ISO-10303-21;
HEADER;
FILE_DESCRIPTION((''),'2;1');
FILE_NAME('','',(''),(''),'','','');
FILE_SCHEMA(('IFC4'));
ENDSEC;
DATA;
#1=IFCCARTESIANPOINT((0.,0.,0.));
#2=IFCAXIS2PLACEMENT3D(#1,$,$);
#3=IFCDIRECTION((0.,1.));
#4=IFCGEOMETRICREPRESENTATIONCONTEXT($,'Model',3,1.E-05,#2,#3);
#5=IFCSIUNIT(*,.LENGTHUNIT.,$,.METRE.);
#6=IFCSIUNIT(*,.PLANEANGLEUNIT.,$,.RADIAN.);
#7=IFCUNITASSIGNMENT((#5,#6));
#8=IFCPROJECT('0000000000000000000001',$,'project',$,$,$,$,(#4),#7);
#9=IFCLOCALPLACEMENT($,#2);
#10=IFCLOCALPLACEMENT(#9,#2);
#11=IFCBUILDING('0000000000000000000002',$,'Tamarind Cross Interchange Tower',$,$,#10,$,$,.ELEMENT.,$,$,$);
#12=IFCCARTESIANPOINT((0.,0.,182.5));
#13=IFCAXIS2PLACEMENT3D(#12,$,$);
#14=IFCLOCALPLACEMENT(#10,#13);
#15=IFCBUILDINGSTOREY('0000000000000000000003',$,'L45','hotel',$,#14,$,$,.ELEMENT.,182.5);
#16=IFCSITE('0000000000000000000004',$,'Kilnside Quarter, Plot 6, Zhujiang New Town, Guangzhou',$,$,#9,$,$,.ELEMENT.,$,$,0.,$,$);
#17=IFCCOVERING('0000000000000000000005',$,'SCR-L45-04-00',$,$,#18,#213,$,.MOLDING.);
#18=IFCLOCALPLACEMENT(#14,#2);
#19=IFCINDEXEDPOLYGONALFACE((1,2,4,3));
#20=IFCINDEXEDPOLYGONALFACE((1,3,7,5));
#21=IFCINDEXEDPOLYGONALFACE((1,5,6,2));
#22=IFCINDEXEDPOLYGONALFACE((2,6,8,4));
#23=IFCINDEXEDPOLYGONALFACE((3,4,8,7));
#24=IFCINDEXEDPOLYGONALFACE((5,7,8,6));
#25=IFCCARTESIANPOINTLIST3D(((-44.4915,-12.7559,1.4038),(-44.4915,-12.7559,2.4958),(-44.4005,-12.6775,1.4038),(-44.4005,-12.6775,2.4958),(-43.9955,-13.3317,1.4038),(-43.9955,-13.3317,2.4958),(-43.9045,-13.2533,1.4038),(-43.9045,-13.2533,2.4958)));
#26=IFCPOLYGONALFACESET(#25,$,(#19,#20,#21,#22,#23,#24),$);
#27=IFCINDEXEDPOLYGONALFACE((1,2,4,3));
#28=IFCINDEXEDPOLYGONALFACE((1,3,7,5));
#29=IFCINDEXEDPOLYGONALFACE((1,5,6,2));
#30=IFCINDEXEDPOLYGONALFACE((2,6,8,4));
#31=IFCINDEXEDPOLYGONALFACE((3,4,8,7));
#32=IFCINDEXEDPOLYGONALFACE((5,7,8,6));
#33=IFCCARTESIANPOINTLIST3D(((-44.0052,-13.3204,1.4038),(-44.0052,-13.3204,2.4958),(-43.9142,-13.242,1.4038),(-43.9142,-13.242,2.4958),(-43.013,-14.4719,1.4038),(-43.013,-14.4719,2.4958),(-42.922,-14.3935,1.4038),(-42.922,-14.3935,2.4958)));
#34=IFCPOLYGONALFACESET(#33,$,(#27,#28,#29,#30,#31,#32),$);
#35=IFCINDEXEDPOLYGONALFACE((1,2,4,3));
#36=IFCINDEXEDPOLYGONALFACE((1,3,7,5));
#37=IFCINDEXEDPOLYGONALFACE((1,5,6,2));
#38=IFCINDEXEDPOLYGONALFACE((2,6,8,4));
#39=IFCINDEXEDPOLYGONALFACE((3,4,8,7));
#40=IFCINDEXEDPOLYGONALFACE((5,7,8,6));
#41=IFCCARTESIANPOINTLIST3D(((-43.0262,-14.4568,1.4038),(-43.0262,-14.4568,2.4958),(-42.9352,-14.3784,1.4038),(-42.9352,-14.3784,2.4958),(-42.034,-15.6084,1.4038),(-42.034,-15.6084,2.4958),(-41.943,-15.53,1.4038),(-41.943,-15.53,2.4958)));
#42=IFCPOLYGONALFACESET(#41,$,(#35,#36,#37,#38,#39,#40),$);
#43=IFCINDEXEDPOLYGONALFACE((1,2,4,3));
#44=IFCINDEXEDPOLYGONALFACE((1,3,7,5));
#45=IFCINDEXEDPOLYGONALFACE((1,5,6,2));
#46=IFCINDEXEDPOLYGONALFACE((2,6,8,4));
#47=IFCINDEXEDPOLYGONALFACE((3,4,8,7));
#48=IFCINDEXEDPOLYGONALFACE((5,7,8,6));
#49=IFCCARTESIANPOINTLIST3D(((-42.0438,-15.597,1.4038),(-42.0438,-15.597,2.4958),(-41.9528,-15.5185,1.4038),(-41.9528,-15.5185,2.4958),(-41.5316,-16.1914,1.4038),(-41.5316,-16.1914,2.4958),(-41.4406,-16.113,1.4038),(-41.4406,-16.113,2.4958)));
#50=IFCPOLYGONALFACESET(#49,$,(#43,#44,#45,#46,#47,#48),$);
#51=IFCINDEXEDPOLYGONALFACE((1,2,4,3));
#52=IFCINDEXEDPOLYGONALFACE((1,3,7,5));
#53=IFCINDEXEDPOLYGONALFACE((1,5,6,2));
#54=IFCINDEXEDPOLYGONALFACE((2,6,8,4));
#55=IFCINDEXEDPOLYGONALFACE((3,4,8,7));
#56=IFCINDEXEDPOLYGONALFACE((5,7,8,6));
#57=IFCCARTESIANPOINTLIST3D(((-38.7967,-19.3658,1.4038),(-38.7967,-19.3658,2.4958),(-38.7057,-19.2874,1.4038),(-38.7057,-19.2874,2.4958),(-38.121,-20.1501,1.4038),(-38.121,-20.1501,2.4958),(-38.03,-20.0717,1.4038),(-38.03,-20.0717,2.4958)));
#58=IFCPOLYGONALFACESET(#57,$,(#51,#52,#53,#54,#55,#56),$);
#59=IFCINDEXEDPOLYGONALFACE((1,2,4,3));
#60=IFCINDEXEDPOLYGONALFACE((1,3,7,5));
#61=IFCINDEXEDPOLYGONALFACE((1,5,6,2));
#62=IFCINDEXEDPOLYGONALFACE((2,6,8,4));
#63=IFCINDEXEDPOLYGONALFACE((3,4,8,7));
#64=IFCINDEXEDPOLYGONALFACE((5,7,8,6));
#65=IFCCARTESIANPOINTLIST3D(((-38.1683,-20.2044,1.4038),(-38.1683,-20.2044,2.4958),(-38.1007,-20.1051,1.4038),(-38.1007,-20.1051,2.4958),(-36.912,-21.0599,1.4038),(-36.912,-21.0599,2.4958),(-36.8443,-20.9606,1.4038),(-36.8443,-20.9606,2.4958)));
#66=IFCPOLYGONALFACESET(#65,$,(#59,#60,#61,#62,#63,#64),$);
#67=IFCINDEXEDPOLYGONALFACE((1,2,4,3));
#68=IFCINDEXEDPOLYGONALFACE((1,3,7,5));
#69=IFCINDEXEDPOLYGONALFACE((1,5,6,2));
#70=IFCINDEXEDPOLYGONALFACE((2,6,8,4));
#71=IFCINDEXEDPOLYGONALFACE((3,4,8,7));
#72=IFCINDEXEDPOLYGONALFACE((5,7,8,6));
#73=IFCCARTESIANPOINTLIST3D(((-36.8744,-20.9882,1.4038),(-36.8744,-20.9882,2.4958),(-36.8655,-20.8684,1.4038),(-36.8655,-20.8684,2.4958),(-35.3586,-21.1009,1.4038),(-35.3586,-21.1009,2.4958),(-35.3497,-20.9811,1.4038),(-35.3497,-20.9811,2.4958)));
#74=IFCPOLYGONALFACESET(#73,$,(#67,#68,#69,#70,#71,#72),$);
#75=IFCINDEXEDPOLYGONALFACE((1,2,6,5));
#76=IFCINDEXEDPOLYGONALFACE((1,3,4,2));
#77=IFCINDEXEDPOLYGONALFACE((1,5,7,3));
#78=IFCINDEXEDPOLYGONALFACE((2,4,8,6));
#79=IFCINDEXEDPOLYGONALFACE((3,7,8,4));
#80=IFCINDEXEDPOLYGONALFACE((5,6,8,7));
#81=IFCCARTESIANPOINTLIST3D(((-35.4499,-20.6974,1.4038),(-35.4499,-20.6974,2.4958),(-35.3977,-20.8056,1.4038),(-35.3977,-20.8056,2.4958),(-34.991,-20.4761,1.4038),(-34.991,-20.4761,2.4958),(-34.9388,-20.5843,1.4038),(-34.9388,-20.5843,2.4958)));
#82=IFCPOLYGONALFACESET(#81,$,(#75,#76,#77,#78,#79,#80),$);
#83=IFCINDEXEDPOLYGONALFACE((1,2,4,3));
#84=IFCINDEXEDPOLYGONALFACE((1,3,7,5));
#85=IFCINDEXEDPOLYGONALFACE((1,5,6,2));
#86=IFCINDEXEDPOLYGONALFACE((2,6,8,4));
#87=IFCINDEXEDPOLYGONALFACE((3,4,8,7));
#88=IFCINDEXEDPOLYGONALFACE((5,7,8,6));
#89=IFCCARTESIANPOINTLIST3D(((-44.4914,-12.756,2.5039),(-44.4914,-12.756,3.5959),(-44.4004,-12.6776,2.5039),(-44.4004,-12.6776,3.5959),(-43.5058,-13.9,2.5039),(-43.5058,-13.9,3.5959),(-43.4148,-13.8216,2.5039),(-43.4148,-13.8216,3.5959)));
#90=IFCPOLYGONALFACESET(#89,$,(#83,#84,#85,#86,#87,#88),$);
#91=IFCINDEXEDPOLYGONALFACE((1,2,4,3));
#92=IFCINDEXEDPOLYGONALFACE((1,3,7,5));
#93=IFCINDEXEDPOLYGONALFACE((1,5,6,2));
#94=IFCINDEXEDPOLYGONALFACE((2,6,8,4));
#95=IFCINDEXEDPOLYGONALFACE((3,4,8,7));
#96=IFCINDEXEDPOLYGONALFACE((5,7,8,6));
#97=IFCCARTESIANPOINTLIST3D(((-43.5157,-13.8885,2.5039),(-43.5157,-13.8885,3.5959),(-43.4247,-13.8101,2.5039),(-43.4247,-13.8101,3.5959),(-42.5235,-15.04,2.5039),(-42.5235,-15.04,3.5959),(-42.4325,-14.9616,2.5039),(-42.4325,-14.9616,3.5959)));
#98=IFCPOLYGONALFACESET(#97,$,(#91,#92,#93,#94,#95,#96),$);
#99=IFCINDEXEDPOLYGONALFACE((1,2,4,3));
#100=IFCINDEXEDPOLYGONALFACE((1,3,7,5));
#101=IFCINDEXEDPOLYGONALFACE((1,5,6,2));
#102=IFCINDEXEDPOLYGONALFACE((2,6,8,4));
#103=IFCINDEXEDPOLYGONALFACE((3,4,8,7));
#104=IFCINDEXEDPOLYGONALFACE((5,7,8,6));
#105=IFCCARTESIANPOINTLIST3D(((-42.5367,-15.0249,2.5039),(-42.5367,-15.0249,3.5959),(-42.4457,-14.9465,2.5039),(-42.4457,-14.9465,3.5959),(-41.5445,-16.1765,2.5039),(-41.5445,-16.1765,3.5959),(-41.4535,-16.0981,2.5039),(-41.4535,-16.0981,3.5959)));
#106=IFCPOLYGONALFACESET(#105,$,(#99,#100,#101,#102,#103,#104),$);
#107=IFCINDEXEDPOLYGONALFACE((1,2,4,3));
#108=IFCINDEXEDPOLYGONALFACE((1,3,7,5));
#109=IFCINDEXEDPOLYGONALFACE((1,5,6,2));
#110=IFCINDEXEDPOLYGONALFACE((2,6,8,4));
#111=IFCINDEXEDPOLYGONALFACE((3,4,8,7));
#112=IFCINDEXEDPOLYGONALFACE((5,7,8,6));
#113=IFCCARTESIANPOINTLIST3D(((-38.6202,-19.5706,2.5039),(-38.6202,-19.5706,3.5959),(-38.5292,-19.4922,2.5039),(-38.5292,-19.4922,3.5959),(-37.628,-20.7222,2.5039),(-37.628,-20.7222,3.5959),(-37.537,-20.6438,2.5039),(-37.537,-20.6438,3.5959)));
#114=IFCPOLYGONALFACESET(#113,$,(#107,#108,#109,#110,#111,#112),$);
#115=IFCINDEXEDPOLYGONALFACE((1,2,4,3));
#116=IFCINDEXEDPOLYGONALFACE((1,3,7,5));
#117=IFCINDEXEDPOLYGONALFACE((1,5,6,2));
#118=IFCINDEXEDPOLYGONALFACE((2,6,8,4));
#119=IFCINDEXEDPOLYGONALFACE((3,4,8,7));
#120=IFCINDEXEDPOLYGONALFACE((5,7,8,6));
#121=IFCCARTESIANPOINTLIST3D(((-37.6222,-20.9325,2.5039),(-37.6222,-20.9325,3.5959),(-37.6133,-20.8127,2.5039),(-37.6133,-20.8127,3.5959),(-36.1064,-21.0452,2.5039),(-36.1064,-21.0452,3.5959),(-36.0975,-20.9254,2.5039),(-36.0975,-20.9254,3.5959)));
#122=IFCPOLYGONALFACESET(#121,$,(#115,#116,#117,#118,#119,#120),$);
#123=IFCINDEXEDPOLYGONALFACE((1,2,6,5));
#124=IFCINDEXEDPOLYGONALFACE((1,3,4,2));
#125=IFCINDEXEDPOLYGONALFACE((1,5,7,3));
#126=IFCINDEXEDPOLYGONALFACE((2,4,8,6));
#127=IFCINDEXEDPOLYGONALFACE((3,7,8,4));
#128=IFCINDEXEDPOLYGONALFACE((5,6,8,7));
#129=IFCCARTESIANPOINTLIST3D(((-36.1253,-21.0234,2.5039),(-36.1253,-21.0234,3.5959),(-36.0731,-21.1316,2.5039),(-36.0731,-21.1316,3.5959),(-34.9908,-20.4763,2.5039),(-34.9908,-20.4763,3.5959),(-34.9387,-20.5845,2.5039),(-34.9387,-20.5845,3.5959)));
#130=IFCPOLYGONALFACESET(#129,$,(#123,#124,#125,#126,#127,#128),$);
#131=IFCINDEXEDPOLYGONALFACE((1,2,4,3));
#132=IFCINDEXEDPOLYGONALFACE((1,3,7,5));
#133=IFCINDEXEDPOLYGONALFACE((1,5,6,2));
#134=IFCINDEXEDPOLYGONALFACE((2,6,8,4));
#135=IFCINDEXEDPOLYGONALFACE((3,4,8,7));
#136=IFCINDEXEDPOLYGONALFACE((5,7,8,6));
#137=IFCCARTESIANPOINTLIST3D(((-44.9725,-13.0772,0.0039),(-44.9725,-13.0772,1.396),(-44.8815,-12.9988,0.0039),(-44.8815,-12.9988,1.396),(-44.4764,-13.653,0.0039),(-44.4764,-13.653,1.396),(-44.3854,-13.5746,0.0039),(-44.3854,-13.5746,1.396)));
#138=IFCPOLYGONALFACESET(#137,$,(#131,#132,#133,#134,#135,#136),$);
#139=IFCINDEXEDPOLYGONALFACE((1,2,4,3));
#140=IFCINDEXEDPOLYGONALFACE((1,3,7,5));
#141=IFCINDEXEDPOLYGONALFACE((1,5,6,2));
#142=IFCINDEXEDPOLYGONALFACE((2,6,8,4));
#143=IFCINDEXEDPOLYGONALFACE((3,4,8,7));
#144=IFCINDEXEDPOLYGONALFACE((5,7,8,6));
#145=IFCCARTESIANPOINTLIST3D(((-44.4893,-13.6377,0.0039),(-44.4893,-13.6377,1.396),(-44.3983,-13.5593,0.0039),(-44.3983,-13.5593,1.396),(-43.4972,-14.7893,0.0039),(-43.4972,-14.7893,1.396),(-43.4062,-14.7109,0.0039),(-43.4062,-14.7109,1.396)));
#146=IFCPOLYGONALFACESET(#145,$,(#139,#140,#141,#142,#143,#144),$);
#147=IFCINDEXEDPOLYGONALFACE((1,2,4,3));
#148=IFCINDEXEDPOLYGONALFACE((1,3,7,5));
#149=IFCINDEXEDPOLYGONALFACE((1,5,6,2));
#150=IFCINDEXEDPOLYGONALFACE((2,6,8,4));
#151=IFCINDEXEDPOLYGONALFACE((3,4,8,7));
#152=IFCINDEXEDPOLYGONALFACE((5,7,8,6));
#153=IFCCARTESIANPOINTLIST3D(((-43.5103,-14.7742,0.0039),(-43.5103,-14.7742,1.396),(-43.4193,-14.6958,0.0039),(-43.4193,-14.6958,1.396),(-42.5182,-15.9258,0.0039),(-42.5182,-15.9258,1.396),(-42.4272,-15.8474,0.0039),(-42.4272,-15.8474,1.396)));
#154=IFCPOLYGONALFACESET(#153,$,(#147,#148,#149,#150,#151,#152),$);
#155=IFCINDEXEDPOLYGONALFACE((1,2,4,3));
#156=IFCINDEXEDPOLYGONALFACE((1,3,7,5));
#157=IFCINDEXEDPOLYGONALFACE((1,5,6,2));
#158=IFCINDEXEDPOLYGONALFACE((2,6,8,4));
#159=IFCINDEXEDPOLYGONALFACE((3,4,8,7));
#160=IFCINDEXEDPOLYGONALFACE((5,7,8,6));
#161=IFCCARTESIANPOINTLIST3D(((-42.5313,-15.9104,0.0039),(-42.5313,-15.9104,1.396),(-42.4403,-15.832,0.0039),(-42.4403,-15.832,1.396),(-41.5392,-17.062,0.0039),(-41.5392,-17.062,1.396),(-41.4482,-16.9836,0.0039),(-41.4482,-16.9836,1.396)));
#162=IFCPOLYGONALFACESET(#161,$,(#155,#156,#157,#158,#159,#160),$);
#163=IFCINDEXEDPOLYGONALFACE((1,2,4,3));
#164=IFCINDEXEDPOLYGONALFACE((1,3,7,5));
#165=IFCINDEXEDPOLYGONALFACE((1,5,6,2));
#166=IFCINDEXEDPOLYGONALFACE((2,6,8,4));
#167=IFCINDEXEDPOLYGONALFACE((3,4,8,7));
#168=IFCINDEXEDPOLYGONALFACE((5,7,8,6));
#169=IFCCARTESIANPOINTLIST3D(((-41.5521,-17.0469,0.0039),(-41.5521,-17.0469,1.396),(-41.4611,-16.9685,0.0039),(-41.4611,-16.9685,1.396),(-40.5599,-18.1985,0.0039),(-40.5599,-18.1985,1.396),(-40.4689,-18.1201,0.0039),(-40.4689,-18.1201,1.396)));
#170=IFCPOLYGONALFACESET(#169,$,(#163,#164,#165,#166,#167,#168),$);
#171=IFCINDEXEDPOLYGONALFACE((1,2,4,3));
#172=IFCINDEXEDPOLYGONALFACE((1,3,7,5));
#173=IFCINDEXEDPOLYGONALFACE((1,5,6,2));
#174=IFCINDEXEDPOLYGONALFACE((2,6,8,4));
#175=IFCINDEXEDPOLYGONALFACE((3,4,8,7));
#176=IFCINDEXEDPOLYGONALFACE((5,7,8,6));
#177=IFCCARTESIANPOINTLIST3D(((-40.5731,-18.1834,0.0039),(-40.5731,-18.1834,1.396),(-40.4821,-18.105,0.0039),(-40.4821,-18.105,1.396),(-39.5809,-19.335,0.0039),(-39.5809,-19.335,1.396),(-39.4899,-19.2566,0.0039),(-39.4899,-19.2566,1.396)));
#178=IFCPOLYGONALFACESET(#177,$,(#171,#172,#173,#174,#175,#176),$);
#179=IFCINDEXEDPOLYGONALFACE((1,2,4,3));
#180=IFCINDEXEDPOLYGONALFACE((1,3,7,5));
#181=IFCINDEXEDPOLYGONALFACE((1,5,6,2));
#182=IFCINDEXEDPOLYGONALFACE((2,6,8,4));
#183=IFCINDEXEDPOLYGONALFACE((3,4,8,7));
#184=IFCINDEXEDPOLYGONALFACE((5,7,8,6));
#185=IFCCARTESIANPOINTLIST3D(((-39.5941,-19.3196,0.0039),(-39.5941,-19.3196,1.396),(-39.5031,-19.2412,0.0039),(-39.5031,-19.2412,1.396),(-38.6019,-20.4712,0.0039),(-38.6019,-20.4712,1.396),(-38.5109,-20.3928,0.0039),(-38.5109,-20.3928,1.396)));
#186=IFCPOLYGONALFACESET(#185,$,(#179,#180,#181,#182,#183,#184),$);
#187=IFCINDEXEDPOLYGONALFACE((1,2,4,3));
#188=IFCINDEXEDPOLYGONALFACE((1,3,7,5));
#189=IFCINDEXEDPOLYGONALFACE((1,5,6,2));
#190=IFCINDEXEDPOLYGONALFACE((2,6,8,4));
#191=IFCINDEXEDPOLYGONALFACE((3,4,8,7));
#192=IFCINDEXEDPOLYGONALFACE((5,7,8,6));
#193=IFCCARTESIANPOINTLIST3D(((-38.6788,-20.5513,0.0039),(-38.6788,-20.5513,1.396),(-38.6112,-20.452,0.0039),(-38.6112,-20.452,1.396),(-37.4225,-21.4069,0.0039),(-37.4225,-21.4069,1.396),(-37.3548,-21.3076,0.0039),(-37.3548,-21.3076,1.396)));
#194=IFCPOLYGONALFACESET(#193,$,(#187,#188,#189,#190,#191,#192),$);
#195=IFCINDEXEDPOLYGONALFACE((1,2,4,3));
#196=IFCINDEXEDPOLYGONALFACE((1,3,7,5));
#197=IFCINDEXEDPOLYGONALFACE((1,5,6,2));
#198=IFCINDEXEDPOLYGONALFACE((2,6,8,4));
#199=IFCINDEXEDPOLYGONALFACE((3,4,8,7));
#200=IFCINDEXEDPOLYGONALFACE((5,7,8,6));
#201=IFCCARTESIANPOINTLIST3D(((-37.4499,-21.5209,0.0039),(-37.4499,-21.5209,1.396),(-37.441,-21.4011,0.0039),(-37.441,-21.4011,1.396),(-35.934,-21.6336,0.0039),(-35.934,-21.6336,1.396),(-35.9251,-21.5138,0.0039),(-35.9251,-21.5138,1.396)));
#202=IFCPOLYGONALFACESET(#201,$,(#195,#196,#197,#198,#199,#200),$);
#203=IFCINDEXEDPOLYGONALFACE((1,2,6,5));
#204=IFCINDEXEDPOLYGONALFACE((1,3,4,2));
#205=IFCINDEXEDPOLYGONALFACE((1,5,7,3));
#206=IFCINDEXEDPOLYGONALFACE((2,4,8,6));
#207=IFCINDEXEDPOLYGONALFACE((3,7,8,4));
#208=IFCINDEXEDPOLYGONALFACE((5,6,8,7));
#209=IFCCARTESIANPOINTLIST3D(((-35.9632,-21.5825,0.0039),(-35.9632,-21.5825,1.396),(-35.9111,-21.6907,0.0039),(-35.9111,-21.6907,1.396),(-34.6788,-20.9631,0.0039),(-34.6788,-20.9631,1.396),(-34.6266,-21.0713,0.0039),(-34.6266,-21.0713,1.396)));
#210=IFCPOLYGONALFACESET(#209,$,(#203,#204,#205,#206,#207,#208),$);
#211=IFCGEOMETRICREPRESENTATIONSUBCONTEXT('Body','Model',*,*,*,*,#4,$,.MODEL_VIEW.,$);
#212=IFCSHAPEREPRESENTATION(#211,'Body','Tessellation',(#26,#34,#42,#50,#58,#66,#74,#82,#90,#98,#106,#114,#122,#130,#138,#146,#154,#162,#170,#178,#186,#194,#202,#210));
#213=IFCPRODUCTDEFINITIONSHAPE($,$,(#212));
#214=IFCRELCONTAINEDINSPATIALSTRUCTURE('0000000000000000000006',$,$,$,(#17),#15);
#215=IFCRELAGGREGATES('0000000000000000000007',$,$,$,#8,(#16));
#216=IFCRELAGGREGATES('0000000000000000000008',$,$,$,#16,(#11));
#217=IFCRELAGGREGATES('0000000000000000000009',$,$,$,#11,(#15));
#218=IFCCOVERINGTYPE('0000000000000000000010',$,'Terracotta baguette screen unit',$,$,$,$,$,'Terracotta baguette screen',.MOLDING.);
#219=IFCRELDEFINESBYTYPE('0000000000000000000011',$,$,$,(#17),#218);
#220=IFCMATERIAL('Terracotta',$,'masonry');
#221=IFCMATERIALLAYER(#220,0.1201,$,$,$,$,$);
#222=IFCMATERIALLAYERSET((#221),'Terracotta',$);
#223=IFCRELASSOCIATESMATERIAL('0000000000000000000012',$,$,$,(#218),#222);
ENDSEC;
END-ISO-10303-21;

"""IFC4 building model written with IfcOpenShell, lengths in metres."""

from ifc_helpers import new_model, si_unit, direction, frame, origin, origin_2d, place, context, subcontext, project, spatial, rectangle, extrude, material, layer, layer_set, type_object, element, save


model = new_model("IFC4")

# Units and contexts
model_context = context("Model", 3, precision=1e-05, world=origin(), true_north=direction((0.0, 1.0)))
body_context = subcontext(model_context, "Body", "Model", "MODEL_VIEW")
ifc_project = project(units=[si_unit("LENGTHUNIT", "METRE"), si_unit("PLANEANGLEUNIT", "RADIAN")], contexts=[model_context])

# Site, building, storey
site_placement = place(None, origin())
site = spatial("IfcSite", under=ifc_project, at=site_placement, Name="Kilnside Quarter, Plot 6, Zhujiang New Town, Guangzhou", CompositionType="ELEMENT", RefElevation=0.0)
building_placement = place(site_placement, origin())
building = spatial("IfcBuilding", under=site, at=building_placement, Name="Tamarind Cross Interchange Tower", CompositionType="ELEMENT")
storey_placement = place(building_placement, frame((0.0, 0.0, 182.5)))
storey = spatial("IfcBuildingStorey", under=building, at=storey_placement, Name="L45", Description="hotel", CompositionType="ELEMENT", Elevation=182.5)

# Covering
ifc_material_1 = material(Name="Terracotta", Category="masonry")
ifc_layer_1 = layer(ifc_material_1, 0.1201)
ifc_layer_set_1 = layer_set([ifc_layer_1], Name="Terracotta")
covering_type = type_object("IfcCoveringType", Name="Terracotta baguette screen unit", ElementType="Terracotta baguette screen", PredefinedType="MOLDING", material=ifc_layer_set_1)
covering_1_placement = place(storey_placement, origin())
element("IfcCovering", 1, at=covering_1_placement, inside=storey, type_object=covering_type, Name="SCR-L45-04-00", PredefinedType="MOLDING", context=body_context, shape_type="SweptSolid", body=[
    extrude(rectangle(XDim=0.76, YDim=0.1201, at=origin_2d()), frame((-44.198, -13.0046, 1.4038), z_axis=(0.0, 0.0, 1.0), x_axis=(0.652723, -0.757597, 0.0)), (0.0, 0.0, 1.0), 1.092),
    extrude(rectangle(XDim=1.52, YDim=0.1201, at=origin_2d()), frame((-43.4636, -13.8569, 1.4038), z_axis=(0.0, 0.0, 1.0), x_axis=(0.652723, -0.757597, 0.0)), (0.0, 0.0, 1.0), 1.092),
    extrude(rectangle(XDim=1.52, YDim=0.1201, at=origin_2d()), frame((-42.4846, -14.9934, 1.4038), z_axis=(0.0, 0.0, 1.0), x_axis=(0.652723, -0.757597, 0.0)), (0.0, 0.0, 1.0), 1.092),
    extrude(rectangle(XDim=0.7847, YDim=0.1201, at=origin_2d()), frame((-41.7422, -15.855, 1.4038), z_axis=(0.0, 0.0, 1.0), x_axis=(0.652723, -0.757597, 0.0)), (0.0, 0.0, 1.0), 1.092),
    extrude(rectangle(XDim=1.0352, YDim=0.1201, at=origin_2d()), frame((-38.4133, -19.7188, 1.4038), z_axis=(0.0, 0.0, 1.0), x_axis=(0.652723, -0.757597, 0.0)), (0.0, 0.0, 1.0), 1.092),
    extrude(rectangle(XDim=1.52, YDim=0.1201, at=origin_2d()), frame((-37.5063, -20.5825, 1.4038), z_axis=(0.0, 0.0, 1.0), x_axis=(0.826562, -0.562845, 0.0)), (0.0, 0.0, 1.0), 1.092),
    extrude(rectangle(XDim=1.52, YDim=0.1201, at=origin_2d()), frame((-36.1121, -20.9846, 1.4038), z_axis=(0.0, 0.0, 1.0), x_axis=(0.997247, -0.074157, 0.0)), (0.0, 0.0, 1.0), 1.092),
    extrude(rectangle(XDim=0.5095, YDim=0.1201, at=origin_2d()), frame((-35.1943, -20.6409, 1.4038), z_axis=(0.0, 0.0, 1.0), x_axis=(0.900719, 0.434401, 0.0)), (0.0, 0.0, 1.0), 1.092),
    extrude(rectangle(XDim=1.51, YDim=0.1201, at=origin_2d()), frame((-43.9531, -13.2888, 2.5039), z_axis=(0.0, 0.0, 1.0), x_axis=(0.652723, -0.757597, 0.0)), (0.0, 0.0, 1.0), 1.092),
    extrude(rectangle(XDim=1.52, YDim=0.1201, at=origin_2d()), frame((-42.9741, -14.425, 2.5039), z_axis=(0.0, 0.0, 1.0), x_axis=(0.652723, -0.757597, 0.0)), (0.0, 0.0, 1.0), 1.092),
    extrude(rectangle(XDim=1.52, YDim=0.1201, at=origin_2d()), frame((-41.9951, -15.5615, 2.5039), z_axis=(0.0, 0.0, 1.0), x_axis=(0.652723, -0.757597, 0.0)), (0.0, 0.0, 1.0), 1.092),
    extrude(rectangle(XDim=1.52, YDim=0.1201, at=origin_2d()), frame((-38.0786, -20.1072, 2.5039), z_axis=(0.0, 0.0, 1.0), x_axis=(0.652723, -0.757597, 0.0)), (0.0, 0.0, 1.0), 1.092),
    extrude(rectangle(XDim=1.52, YDim=0.1201, at=origin_2d()), frame((-36.8599, -20.929, 2.5039), z_axis=(0.0, 0.0, 1.0), x_axis=(0.997247, -0.074157, 0.0)), (0.0, 0.0, 1.0), 1.092),
    extrude(rectangle(XDim=1.2595, YDim=0.1201, at=origin_2d()), frame((-35.532, -20.804, 2.5039), z_axis=(0.0, 0.0, 1.0), x_axis=(0.900719, 0.434401, 0.0)), (0.0, 0.0, 1.0), 1.092),
    extrude(rectangle(XDim=0.76, YDim=0.1201, at=origin_2d()), frame((-44.679, -13.3259, 0.0039), z_axis=(0.0, 0.0, 1.0), x_axis=(0.652723, -0.757597, 0.0)), (0.0, 0.0, 1.0), 1.3921),
    extrude(rectangle(XDim=1.52, YDim=0.1201, at=origin_2d()), frame((-43.9478, -14.1743, 0.0039), z_axis=(0.0, 0.0, 1.0), x_axis=(0.652723, -0.757597, 0.0)), (0.0, 0.0, 1.0), 1.3921),
    extrude(rectangle(XDim=1.52, YDim=0.1201, at=origin_2d()), frame((-42.9688, -15.3108, 0.0039), z_axis=(0.0, 0.0, 1.0), x_axis=(0.652723, -0.757597, 0.0)), (0.0, 0.0, 1.0), 1.3921),
    extrude(rectangle(XDim=1.52, YDim=0.1201, at=origin_2d()), frame((-41.9897, -16.447, 0.0039), z_axis=(0.0, 0.0, 1.0), x_axis=(0.652723, -0.757597, 0.0)), (0.0, 0.0, 1.0), 1.3921),
    extrude(rectangle(XDim=1.52, YDim=0.1201, at=origin_2d()), frame((-41.0105, -17.5835, 0.0039), z_axis=(0.0, 0.0, 1.0), x_axis=(0.652723, -0.757597, 0.0)), (0.0, 0.0, 1.0), 1.3921),
    extrude(rectangle(XDim=1.52, YDim=0.1201, at=origin_2d()), frame((-40.0315, -18.72, 0.0039), z_axis=(0.0, 0.0, 1.0), x_axis=(0.652723, -0.757597, 0.0)), (0.0, 0.0, 1.0), 1.3921),
    extrude(rectangle(XDim=1.52, YDim=0.1201, at=origin_2d()), frame((-39.0525, -19.8562, 0.0039), z_axis=(0.0, 0.0, 1.0), x_axis=(0.652723, -0.757597, 0.0)), (0.0, 0.0, 1.0), 1.3921),
    extrude(rectangle(XDim=1.52, YDim=0.1201, at=origin_2d()), frame((-38.0168, -20.9294, 0.0039), z_axis=(0.0, 0.0, 1.0), x_axis=(0.826562, -0.562845, 0.0)), (0.0, 0.0, 1.0), 1.3921),
    extrude(rectangle(XDim=1.52, YDim=0.1201, at=origin_2d()), frame((-36.6875, -21.5173, 0.0039), z_axis=(0.0, 0.0, 1.0), x_axis=(0.997247, -0.074157, 0.0)), (0.0, 0.0, 1.0), 1.3921),
    extrude(rectangle(XDim=1.426, YDim=0.1201, at=origin_2d()), frame((-35.2949, -21.3269, 0.0039), z_axis=(0.0, 0.0, 1.0), x_axis=(0.900719, 0.434401, 0.0)), (0.0, 0.0, 1.0), 1.3921),
])

save(model, "model.ifc")
